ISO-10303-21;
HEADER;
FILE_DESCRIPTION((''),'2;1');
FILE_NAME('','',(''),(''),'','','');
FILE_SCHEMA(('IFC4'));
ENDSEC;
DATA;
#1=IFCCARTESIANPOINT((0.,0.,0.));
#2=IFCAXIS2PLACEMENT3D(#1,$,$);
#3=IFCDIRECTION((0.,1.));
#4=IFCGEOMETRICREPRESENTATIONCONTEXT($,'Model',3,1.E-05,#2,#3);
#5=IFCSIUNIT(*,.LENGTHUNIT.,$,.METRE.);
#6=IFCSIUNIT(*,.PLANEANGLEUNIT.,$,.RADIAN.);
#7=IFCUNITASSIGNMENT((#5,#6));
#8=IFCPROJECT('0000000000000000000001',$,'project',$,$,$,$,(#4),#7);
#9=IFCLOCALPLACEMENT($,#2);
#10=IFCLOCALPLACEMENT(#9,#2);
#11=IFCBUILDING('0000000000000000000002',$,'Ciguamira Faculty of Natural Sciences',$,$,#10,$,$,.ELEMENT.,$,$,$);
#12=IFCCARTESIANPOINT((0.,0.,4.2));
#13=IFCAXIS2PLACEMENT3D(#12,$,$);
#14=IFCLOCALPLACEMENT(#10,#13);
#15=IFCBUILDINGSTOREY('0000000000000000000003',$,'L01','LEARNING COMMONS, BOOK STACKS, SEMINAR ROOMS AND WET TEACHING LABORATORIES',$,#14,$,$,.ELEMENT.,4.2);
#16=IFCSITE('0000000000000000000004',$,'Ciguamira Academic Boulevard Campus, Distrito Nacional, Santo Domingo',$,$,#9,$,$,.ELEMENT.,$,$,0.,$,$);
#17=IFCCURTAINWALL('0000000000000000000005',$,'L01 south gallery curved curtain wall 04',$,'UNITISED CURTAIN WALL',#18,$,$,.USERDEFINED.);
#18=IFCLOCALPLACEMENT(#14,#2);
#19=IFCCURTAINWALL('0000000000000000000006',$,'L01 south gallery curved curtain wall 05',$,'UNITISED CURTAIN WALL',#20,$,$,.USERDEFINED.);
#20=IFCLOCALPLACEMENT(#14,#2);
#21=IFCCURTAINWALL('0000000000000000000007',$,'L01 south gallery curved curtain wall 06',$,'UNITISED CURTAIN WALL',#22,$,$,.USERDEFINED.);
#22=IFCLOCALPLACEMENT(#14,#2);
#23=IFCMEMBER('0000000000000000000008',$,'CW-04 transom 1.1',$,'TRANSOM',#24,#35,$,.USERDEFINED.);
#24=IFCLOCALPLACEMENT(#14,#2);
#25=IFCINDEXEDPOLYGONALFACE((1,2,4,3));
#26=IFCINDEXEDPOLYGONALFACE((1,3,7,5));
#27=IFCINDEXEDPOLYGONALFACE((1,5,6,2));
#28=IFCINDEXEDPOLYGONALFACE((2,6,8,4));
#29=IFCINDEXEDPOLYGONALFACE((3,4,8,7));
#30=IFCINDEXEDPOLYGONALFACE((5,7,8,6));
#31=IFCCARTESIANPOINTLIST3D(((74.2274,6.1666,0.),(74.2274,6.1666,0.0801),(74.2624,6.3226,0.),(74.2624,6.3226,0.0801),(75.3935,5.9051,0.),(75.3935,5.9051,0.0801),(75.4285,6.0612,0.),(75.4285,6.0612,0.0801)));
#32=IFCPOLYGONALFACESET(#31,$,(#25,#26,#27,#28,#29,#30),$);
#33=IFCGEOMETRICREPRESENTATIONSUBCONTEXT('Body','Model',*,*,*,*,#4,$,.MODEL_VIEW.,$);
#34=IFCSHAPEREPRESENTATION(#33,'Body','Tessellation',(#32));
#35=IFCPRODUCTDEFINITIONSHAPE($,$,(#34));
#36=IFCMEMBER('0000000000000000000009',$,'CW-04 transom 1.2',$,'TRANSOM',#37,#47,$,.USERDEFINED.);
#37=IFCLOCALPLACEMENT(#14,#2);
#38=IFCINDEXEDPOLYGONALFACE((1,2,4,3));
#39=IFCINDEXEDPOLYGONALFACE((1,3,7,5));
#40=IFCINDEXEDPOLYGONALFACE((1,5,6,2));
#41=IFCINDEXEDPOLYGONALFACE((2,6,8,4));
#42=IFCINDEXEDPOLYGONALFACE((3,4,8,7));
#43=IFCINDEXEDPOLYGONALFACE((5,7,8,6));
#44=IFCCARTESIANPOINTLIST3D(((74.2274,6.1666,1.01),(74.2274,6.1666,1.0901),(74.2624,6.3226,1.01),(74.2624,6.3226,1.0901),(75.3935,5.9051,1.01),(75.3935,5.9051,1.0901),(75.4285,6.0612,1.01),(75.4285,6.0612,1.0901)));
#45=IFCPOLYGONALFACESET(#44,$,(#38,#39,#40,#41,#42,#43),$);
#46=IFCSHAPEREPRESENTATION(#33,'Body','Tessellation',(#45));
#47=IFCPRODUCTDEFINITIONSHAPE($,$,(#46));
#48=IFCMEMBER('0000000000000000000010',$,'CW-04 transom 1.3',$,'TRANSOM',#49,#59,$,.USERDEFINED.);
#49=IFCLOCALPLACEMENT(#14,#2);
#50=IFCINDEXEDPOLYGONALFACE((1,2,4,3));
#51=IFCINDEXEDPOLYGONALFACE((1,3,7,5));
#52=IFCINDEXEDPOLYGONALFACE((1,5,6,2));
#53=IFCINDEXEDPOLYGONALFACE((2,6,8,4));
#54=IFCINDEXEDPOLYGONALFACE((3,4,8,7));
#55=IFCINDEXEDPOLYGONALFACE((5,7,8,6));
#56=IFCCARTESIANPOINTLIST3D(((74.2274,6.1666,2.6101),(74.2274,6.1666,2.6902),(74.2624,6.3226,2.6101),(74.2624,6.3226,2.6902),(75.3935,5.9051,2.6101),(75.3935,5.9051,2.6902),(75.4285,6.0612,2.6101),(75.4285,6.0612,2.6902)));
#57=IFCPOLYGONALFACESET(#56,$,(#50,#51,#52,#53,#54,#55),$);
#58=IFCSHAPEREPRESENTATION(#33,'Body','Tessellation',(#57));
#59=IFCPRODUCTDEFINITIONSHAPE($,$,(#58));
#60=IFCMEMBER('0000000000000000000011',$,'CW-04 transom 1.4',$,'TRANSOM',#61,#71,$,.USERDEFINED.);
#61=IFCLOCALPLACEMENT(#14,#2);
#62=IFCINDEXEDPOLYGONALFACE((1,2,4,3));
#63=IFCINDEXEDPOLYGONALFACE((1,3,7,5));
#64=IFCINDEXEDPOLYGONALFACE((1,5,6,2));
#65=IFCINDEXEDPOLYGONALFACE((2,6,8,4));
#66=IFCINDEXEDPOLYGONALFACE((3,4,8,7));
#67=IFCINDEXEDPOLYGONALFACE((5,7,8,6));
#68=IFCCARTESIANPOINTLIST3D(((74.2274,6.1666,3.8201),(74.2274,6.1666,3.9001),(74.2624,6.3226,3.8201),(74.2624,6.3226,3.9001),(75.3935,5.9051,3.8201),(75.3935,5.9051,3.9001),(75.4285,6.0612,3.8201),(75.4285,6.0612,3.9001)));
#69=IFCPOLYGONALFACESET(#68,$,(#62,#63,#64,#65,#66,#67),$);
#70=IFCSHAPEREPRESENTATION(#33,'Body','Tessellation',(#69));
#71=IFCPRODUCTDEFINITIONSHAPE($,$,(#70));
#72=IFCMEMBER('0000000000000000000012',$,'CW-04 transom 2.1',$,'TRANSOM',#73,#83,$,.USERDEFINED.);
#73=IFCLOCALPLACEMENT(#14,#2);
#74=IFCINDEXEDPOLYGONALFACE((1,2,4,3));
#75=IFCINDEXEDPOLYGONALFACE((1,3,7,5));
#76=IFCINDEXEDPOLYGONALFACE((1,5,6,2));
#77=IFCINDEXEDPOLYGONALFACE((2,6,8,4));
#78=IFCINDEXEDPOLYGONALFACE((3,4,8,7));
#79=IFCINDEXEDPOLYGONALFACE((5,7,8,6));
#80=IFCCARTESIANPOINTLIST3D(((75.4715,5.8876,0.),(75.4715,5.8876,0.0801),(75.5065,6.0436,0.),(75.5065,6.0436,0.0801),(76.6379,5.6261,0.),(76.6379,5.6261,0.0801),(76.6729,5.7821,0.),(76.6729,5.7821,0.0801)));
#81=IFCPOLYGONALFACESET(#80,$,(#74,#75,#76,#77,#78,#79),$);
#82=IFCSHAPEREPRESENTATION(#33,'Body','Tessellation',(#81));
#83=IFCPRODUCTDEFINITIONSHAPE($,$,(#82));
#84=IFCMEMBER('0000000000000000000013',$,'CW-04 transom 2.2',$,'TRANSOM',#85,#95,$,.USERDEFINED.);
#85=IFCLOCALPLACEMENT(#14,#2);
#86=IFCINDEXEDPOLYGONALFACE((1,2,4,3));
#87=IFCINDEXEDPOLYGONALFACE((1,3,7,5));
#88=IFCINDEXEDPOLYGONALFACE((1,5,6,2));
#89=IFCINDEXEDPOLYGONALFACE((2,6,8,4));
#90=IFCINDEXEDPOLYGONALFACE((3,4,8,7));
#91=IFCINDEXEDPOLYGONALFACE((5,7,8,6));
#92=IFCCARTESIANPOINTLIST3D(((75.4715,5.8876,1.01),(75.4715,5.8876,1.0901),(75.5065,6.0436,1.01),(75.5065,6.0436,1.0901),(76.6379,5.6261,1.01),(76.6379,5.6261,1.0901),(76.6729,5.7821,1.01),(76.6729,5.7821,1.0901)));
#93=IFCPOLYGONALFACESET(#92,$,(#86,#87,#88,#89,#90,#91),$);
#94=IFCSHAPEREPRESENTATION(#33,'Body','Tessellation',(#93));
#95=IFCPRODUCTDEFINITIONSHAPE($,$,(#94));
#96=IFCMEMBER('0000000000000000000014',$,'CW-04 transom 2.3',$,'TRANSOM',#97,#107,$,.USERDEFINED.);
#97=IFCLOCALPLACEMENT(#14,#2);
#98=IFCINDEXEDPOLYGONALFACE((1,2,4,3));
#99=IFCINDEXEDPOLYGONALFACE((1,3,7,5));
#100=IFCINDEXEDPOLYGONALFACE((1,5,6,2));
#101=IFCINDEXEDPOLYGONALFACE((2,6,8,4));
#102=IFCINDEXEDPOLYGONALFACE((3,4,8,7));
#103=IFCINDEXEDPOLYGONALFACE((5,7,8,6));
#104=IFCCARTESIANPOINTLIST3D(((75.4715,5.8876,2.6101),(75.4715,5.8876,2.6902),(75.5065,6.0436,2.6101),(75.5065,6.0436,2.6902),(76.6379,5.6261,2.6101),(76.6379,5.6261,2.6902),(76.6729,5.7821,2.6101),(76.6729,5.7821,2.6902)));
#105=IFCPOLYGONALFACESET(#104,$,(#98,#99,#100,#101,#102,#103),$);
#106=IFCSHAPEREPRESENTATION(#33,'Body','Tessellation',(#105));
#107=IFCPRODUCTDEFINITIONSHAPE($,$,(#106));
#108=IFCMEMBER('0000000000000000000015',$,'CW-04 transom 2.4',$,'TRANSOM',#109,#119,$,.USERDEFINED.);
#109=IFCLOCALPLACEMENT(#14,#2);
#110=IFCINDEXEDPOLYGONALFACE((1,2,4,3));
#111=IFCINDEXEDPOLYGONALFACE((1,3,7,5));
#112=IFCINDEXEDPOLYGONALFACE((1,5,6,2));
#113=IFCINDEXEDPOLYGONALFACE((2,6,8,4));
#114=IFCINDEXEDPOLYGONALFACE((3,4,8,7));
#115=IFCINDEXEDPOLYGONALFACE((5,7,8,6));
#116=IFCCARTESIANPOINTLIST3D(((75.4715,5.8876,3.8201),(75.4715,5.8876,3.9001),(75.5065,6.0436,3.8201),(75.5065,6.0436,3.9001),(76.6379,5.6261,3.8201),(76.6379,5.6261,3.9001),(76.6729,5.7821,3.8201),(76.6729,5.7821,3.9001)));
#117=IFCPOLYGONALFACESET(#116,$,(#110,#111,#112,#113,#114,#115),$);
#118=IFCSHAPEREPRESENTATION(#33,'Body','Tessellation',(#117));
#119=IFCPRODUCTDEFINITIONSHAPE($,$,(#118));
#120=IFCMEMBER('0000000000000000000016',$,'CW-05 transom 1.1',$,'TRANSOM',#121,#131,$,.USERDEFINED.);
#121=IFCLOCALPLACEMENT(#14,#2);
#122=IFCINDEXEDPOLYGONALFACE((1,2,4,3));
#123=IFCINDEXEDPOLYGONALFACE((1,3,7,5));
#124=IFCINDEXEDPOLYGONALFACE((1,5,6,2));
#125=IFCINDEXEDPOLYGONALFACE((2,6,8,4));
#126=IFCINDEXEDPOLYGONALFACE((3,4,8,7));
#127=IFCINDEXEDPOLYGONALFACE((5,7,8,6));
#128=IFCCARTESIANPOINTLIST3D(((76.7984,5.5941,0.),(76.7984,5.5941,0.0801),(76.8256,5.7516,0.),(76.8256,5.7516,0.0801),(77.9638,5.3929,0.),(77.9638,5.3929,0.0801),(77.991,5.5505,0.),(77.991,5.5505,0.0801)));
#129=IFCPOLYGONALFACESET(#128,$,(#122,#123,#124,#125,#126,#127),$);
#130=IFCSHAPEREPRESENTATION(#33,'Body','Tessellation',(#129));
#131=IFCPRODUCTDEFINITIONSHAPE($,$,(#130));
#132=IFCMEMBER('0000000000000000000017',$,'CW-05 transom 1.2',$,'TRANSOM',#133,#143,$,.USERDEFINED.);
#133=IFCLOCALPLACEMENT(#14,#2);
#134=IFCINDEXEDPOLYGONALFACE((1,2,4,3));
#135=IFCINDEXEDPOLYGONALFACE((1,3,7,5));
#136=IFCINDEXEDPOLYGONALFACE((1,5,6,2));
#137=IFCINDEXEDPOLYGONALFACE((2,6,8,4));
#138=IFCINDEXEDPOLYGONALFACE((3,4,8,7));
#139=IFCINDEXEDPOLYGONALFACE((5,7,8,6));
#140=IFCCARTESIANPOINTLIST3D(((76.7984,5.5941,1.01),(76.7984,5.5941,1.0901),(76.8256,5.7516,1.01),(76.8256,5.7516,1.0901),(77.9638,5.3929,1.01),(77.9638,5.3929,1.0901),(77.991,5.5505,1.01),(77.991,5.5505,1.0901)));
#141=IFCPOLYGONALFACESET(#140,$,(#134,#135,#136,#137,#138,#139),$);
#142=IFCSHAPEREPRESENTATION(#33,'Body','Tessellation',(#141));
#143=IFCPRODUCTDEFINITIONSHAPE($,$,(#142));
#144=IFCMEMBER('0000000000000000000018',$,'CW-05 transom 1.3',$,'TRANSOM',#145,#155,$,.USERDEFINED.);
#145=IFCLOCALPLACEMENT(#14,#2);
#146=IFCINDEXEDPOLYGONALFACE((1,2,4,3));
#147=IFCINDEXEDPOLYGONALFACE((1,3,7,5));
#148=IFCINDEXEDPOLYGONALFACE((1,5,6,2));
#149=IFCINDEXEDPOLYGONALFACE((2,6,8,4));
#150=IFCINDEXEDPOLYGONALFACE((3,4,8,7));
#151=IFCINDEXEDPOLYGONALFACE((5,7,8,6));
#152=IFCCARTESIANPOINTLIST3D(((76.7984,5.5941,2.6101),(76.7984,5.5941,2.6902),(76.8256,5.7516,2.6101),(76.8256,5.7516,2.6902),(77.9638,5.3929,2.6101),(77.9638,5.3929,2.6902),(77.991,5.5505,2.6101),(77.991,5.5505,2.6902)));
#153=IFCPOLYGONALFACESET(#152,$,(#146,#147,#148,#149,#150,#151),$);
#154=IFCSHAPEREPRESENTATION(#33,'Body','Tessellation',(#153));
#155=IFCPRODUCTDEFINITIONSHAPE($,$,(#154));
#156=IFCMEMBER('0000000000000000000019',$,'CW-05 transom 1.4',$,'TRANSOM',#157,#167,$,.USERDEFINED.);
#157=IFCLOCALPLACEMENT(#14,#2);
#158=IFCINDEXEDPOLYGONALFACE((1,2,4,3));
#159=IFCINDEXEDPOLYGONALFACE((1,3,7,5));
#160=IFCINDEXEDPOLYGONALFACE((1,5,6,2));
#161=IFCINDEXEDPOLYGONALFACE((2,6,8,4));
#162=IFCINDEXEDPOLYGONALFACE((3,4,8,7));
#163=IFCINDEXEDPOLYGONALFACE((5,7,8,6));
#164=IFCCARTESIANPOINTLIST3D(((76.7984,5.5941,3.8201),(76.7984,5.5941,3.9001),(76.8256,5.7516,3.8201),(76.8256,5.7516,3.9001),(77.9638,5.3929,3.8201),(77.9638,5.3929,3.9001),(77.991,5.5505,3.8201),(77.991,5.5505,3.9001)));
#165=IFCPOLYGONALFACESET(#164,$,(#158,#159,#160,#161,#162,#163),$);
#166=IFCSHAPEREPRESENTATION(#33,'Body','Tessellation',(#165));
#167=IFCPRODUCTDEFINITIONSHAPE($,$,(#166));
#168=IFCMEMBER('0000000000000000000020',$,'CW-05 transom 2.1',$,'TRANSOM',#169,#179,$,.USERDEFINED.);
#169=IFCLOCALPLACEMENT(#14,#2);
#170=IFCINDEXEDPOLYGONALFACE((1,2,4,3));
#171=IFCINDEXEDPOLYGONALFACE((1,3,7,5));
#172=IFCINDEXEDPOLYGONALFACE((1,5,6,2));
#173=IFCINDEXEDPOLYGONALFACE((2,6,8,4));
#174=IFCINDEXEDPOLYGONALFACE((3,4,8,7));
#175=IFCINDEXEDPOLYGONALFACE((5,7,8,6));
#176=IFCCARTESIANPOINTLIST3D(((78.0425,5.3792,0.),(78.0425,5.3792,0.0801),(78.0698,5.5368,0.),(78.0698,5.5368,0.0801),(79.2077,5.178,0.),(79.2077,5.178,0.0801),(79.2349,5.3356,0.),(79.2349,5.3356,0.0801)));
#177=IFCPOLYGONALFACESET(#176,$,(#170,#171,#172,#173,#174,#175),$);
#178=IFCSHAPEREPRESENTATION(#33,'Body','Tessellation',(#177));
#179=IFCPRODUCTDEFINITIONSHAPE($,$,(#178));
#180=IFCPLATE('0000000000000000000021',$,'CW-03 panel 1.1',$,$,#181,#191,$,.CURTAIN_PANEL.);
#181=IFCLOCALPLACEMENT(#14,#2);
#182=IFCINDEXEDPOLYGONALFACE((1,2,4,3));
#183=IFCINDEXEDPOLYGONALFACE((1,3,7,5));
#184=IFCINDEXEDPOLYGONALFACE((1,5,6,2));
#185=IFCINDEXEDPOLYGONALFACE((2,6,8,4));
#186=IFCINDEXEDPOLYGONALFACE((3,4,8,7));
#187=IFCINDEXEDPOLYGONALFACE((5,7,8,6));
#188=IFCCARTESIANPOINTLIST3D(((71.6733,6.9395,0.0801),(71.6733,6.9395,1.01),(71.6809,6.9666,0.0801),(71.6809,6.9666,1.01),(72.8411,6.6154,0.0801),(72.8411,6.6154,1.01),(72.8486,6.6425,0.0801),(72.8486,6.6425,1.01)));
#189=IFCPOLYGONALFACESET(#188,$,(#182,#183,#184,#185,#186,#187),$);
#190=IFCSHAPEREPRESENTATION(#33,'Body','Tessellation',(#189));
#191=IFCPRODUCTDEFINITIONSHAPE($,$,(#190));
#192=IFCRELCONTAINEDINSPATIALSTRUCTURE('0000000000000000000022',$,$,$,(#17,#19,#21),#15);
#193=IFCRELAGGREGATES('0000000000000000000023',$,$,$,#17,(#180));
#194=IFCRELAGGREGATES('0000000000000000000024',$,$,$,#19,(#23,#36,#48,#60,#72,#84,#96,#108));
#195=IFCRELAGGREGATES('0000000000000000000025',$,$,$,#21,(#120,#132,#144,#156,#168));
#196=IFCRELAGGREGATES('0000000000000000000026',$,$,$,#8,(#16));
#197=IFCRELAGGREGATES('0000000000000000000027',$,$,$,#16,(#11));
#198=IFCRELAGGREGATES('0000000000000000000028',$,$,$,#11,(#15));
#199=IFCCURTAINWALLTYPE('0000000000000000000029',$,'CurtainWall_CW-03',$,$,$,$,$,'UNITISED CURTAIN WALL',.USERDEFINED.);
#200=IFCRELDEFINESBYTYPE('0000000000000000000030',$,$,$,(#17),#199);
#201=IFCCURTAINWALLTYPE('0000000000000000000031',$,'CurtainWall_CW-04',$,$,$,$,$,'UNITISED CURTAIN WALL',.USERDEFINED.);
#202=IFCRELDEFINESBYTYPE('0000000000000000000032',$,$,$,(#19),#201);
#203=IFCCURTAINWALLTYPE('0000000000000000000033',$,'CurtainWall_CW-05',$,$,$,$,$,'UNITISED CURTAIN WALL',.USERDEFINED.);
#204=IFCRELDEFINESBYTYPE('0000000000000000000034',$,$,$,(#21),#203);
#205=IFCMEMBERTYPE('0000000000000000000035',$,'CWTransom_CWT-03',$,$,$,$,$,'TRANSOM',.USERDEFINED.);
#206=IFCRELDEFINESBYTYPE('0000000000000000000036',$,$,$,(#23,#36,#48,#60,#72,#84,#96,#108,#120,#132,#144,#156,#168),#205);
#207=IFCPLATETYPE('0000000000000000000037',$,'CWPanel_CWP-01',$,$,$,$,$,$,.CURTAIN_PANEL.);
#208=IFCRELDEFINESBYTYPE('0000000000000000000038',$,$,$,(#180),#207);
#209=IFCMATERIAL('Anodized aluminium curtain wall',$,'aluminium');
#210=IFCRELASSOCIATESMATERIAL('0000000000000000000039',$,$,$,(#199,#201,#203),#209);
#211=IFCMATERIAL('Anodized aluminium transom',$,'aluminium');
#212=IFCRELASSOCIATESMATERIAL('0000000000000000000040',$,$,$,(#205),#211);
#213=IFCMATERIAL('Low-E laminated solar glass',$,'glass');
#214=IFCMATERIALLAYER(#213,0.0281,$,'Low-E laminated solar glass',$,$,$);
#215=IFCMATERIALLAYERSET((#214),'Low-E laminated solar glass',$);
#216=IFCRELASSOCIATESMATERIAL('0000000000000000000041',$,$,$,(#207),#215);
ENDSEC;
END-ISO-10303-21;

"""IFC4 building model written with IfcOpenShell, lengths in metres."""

from ifc_helpers import new_model, si_unit, direction, frame, origin, origin_2d, place, context, subcontext, project, spatial, rectangle, extrude, material, layer, layer_set, material_profile, profile_set, type_object, element, aggregate, save


model = new_model("IFC4")

# Units and contexts
model_context = context("Model", 3, precision=1e-05, world=origin(), true_north=direction((0.0, 1.0)))
body_context = subcontext(model_context, "Body", "Model", "MODEL_VIEW")
ifc_project = project(units=[si_unit("LENGTHUNIT", "METRE"), si_unit("PLANEANGLEUNIT", "RADIAN")], contexts=[model_context])

# Site, building, storey
site_placement = place(None, origin())
site = spatial("IfcSite", under=ifc_project, at=site_placement, Name="Ciguamira Academic Boulevard Campus, Distrito Nacional, Santo Domingo", CompositionType="ELEMENT", RefElevation=0.0)
building_placement = place(site_placement, origin())
building = spatial("IfcBuilding", under=site, at=building_placement, Name="Ciguamira Faculty of Natural Sciences", CompositionType="ELEMENT")
storey_placement = place(building_placement, frame((0.0, 0.0, 4.2)))
storey = spatial("IfcBuildingStorey", under=building, at=storey_placement, Name="L01", Description="LEARNING COMMONS, BOOK STACKS, SEMINAR ROOMS AND WET TEACHING LABORATORIES", CompositionType="ELEMENT", Elevation=4.2)

# Curtain walls
ifc_material_1 = material(Name="Anodized aluminium curtain wall", Category="aluminium")
curtain_wall_type_1 = type_object("IfcCurtainWallType", Name="CurtainWall_CW-03", ElementType="UNITISED CURTAIN WALL", PredefinedType="USERDEFINED", material=ifc_material_1)
curtain_wall_1_placement = place(storey_placement, origin())
curtain_wall_1 = element("IfcCurtainWall", 1, at=curtain_wall_1_placement, inside=storey, type_object=curtain_wall_type_1, Name="L01 south gallery curved curtain wall 04", ObjectType="UNITISED CURTAIN WALL", PredefinedType="USERDEFINED")
curtain_wall_type_2 = type_object("IfcCurtainWallType", Name="CurtainWall_CW-04", ElementType="UNITISED CURTAIN WALL", PredefinedType="USERDEFINED", material=ifc_material_1)
curtain_wall_2_placement = place(storey_placement, origin())
curtain_wall_2 = element("IfcCurtainWall", 2, at=curtain_wall_2_placement, inside=storey, type_object=curtain_wall_type_2, Name="L01 south gallery curved curtain wall 05", ObjectType="UNITISED CURTAIN WALL", PredefinedType="USERDEFINED")
curtain_wall_type_3 = type_object("IfcCurtainWallType", Name="CurtainWall_CW-05", ElementType="UNITISED CURTAIN WALL", PredefinedType="USERDEFINED", material=ifc_material_1)
curtain_wall_3_placement = place(storey_placement, origin())
curtain_wall_3 = element("IfcCurtainWall", 3, at=curtain_wall_3_placement, inside=storey, type_object=curtain_wall_type_3, Name="L01 south gallery curved curtain wall 06", ObjectType="UNITISED CURTAIN WALL", PredefinedType="USERDEFINED")

# Members
ifc_material_2 = material(Name="Anodized aluminium transom", Category="aluminium")
ifc_material_profile_1 = material_profile(ifc_material_2, rectangle(XDim=0.0801, YDim=0.1599, at=origin_2d()), Name="ALU-TRN-80X160")
ifc_profile_set_1 = profile_set([ifc_material_profile_1], Name="Anodized aluminium transom")
member_type_1 = type_object("IfcMemberType", Name="CWTransom_CWT-03", ElementType="TRANSOM", PredefinedType="USERDEFINED", material=ifc_profile_set_1)
member_1_placement = place(storey_placement, frame((74.2449, 6.2446, 0.04), z_axis=(0.975767, -0.218812, 0.0), x_axis=(0.0, 0.0, 1.0)))
member_1 = element("IfcMember", 4, at=member_1_placement, type_object=member_type_1, Name="CW-04 transom 1.1", ObjectType="TRANSOM", PredefinedType="USERDEFINED", context=body_context, shape_type="SweptSolid", body=[
    extrude(rectangle(XDim=0.0801, YDim=0.1599, at=origin_2d()), origin(), (0.0, 0.0, 1.0), 1.1951),
])
member_2_placement = place(storey_placement, frame((74.2449, 6.2446, 1.05), z_axis=(0.975767, -0.218812, 0.0), x_axis=(0.0, 0.0, 1.0)))
member_2 = element("IfcMember", 5, at=member_2_placement, type_object=member_type_1, Name="CW-04 transom 1.2", ObjectType="TRANSOM", PredefinedType="USERDEFINED", context=body_context, shape_type="SweptSolid", body=[
    extrude(rectangle(XDim=0.0801, YDim=0.1599, at=origin_2d()), origin(), (0.0, 0.0, 1.0), 1.1951),
])
member_3_placement = place(storey_placement, frame((74.2449, 6.2446, 2.6501), z_axis=(0.975767, -0.218812, 0.0), x_axis=(0.0, 0.0, 1.0)))
member_3 = element("IfcMember", 6, at=member_3_placement, type_object=member_type_1, Name="CW-04 transom 1.3", ObjectType="TRANSOM", PredefinedType="USERDEFINED", context=body_context, shape_type="SweptSolid", body=[
    extrude(rectangle(XDim=0.0801, YDim=0.1599, at=origin_2d()), origin(), (0.0, 0.0, 1.0), 1.1951),
])
member_4_placement = place(storey_placement, frame((74.2449, 6.2446, 3.8601), z_axis=(0.975767, -0.218812, 0.0), x_axis=(0.0, 0.0, 1.0)))
member_4 = element("IfcMember", 7, at=member_4_placement, type_object=member_type_1, Name="CW-04 transom 1.4", ObjectType="TRANSOM", PredefinedType="USERDEFINED", context=body_context, shape_type="SweptSolid", body=[
    extrude(rectangle(XDim=0.0801, YDim=0.1599, at=origin_2d()), origin(), (0.0, 0.0, 1.0), 1.1951),
])
member_5_placement = place(storey_placement, frame((75.489, 5.9656, 0.04), z_axis=(0.975777, -0.218768, 0.0), x_axis=(0.0, 0.0, 1.0)))
member_5 = element("IfcMember", 8, at=member_5_placement, type_object=member_type_1, Name="CW-04 transom 2.1", ObjectType="TRANSOM", PredefinedType="USERDEFINED", context=body_context, shape_type="SweptSolid", body=[
    extrude(rectangle(XDim=0.0801, YDim=0.1599, at=origin_2d()), origin(), (0.0, 0.0, 1.0), 1.1953),
])
member_6_placement = place(storey_placement, frame((75.489, 5.9656, 1.05), z_axis=(0.975777, -0.218768, 0.0), x_axis=(0.0, 0.0, 1.0)))
member_6 = element("IfcMember", 9, at=member_6_placement, type_object=member_type_1, Name="CW-04 transom 2.2", ObjectType="TRANSOM", PredefinedType="USERDEFINED", context=body_context, shape_type="SweptSolid", body=[
    extrude(rectangle(XDim=0.0801, YDim=0.1599, at=origin_2d()), origin(), (0.0, 0.0, 1.0), 1.1953),
])
member_7_placement = place(storey_placement, frame((75.489, 5.9656, 2.6501), z_axis=(0.975777, -0.218768, 0.0), x_axis=(0.0, 0.0, 1.0)))
member_7 = element("IfcMember", 10, at=member_7_placement, type_object=member_type_1, Name="CW-04 transom 2.3", ObjectType="TRANSOM", PredefinedType="USERDEFINED", context=body_context, shape_type="SweptSolid", body=[
    extrude(rectangle(XDim=0.0801, YDim=0.1599, at=origin_2d()), origin(), (0.0, 0.0, 1.0), 1.1953),
])
member_8_placement = place(storey_placement, frame((75.489, 5.9656, 3.8601), z_axis=(0.975777, -0.218768, 0.0), x_axis=(0.0, 0.0, 1.0)))
member_8 = element("IfcMember", 11, at=member_8_placement, type_object=member_type_1, Name="CW-04 transom 2.4", ObjectType="TRANSOM", PredefinedType="USERDEFINED", context=body_context, shape_type="SweptSolid", body=[
    extrude(rectangle(XDim=0.0801, YDim=0.1599, at=origin_2d()), origin(), (0.0, 0.0, 1.0), 1.1953),
])
member_9_placement = place(storey_placement, frame((76.812, 5.6729, 0.04), z_axis=(0.985423, -0.170121, 0.0), x_axis=(0.0, 0.0, 1.0)))
member_9 = element("IfcMember", 12, at=member_9_placement, type_object=member_type_1, Name="CW-05 transom 1.1", ObjectType="TRANSOM", PredefinedType="USERDEFINED", context=body_context, shape_type="SweptSolid", body=[
    extrude(rectangle(XDim=0.0801, YDim=0.1599, at=origin_2d()), origin(), (0.0, 0.0, 1.0), 1.1826),
])
member_10_placement = place(storey_placement, frame((76.812, 5.6729, 1.05), z_axis=(0.985423, -0.170121, 0.0), x_axis=(0.0, 0.0, 1.0)))
member_10 = element("IfcMember", 13, at=member_10_placement, type_object=member_type_1, Name="CW-05 transom 1.2", ObjectType="TRANSOM", PredefinedType="USERDEFINED", context=body_context, shape_type="SweptSolid", body=[
    extrude(rectangle(XDim=0.0801, YDim=0.1599, at=origin_2d()), origin(), (0.0, 0.0, 1.0), 1.1826),
])
member_11_placement = place(storey_placement, frame((76.812, 5.6729, 2.6501), z_axis=(0.985423, -0.170121, 0.0), x_axis=(0.0, 0.0, 1.0)))
member_11 = element("IfcMember", 14, at=member_11_placement, type_object=member_type_1, Name="CW-05 transom 1.3", ObjectType="TRANSOM", PredefinedType="USERDEFINED", context=body_context, shape_type="SweptSolid", body=[
    extrude(rectangle(XDim=0.0801, YDim=0.1599, at=origin_2d()), origin(), (0.0, 0.0, 1.0), 1.1826),
])
member_12_placement = place(storey_placement, frame((76.812, 5.6729, 3.8601), z_axis=(0.985423, -0.170121, 0.0), x_axis=(0.0, 0.0, 1.0)))
member_12 = element("IfcMember", 15, at=member_12_placement, type_object=member_type_1, Name="CW-05 transom 1.4", ObjectType="TRANSOM", PredefinedType="USERDEFINED", context=body_context, shape_type="SweptSolid", body=[
    extrude(rectangle(XDim=0.0801, YDim=0.1599, at=origin_2d()), origin(), (0.0, 0.0, 1.0), 1.1826),
])
member_13_placement = place(storey_placement, frame((78.0562, 5.458, 0.04), z_axis=(0.985417, -0.170156, 0.0), x_axis=(0.0, 0.0, 1.0)))
member_13 = element("IfcMember", 16, at=member_13_placement, type_object=member_type_1, Name="CW-05 transom 2.1", ObjectType="TRANSOM", PredefinedType="USERDEFINED", context=body_context, shape_type="SweptSolid", body=[
    extrude(rectangle(XDim=0.0801, YDim=0.1599, at=origin_2d()), origin(), (0.0, 0.0, 1.0), 1.1824),
])

# Plate
ifc_material_3 = material(Name="Low-E laminated solar glass", Category="glass")
ifc_layer = layer(ifc_material_3, 0.0281, Name="Low-E laminated solar glass")
ifc_layer_set = layer_set([ifc_layer], Name="Low-E laminated solar glass")
plate_type = type_object("IfcPlateType", Name="CWPanel_CWP-01", PredefinedType="CURTAIN_PANEL", material=ifc_layer_set)
plate_1_placement = place(storey_placement, frame((72.261, 6.791, 0.0801), z_axis=(0.0, 0.0, 1.0), x_axis=(0.963573, -0.267444, 0.0)))
plate_1 = element("IfcPlate", 17, at=plate_1_placement, type_object=plate_type, Name="CW-03 panel 1.1", PredefinedType="CURTAIN_PANEL", context=body_context, shape_type="SweptSolid", body=[
    extrude(rectangle(XDim=1.2119, YDim=0.0281, at=origin_2d()), origin(), (0.0, 0.0, 1.0), 0.9299),
])
aggregate(curtain_wall_1, [plate_1])
aggregate(curtain_wall_2, [member_1, member_2, member_3, member_4, member_5, member_6, member_7, member_8])
aggregate(curtain_wall_3, [member_9, member_10, member_11, member_12, member_13])

save(model, "model.ifc")
